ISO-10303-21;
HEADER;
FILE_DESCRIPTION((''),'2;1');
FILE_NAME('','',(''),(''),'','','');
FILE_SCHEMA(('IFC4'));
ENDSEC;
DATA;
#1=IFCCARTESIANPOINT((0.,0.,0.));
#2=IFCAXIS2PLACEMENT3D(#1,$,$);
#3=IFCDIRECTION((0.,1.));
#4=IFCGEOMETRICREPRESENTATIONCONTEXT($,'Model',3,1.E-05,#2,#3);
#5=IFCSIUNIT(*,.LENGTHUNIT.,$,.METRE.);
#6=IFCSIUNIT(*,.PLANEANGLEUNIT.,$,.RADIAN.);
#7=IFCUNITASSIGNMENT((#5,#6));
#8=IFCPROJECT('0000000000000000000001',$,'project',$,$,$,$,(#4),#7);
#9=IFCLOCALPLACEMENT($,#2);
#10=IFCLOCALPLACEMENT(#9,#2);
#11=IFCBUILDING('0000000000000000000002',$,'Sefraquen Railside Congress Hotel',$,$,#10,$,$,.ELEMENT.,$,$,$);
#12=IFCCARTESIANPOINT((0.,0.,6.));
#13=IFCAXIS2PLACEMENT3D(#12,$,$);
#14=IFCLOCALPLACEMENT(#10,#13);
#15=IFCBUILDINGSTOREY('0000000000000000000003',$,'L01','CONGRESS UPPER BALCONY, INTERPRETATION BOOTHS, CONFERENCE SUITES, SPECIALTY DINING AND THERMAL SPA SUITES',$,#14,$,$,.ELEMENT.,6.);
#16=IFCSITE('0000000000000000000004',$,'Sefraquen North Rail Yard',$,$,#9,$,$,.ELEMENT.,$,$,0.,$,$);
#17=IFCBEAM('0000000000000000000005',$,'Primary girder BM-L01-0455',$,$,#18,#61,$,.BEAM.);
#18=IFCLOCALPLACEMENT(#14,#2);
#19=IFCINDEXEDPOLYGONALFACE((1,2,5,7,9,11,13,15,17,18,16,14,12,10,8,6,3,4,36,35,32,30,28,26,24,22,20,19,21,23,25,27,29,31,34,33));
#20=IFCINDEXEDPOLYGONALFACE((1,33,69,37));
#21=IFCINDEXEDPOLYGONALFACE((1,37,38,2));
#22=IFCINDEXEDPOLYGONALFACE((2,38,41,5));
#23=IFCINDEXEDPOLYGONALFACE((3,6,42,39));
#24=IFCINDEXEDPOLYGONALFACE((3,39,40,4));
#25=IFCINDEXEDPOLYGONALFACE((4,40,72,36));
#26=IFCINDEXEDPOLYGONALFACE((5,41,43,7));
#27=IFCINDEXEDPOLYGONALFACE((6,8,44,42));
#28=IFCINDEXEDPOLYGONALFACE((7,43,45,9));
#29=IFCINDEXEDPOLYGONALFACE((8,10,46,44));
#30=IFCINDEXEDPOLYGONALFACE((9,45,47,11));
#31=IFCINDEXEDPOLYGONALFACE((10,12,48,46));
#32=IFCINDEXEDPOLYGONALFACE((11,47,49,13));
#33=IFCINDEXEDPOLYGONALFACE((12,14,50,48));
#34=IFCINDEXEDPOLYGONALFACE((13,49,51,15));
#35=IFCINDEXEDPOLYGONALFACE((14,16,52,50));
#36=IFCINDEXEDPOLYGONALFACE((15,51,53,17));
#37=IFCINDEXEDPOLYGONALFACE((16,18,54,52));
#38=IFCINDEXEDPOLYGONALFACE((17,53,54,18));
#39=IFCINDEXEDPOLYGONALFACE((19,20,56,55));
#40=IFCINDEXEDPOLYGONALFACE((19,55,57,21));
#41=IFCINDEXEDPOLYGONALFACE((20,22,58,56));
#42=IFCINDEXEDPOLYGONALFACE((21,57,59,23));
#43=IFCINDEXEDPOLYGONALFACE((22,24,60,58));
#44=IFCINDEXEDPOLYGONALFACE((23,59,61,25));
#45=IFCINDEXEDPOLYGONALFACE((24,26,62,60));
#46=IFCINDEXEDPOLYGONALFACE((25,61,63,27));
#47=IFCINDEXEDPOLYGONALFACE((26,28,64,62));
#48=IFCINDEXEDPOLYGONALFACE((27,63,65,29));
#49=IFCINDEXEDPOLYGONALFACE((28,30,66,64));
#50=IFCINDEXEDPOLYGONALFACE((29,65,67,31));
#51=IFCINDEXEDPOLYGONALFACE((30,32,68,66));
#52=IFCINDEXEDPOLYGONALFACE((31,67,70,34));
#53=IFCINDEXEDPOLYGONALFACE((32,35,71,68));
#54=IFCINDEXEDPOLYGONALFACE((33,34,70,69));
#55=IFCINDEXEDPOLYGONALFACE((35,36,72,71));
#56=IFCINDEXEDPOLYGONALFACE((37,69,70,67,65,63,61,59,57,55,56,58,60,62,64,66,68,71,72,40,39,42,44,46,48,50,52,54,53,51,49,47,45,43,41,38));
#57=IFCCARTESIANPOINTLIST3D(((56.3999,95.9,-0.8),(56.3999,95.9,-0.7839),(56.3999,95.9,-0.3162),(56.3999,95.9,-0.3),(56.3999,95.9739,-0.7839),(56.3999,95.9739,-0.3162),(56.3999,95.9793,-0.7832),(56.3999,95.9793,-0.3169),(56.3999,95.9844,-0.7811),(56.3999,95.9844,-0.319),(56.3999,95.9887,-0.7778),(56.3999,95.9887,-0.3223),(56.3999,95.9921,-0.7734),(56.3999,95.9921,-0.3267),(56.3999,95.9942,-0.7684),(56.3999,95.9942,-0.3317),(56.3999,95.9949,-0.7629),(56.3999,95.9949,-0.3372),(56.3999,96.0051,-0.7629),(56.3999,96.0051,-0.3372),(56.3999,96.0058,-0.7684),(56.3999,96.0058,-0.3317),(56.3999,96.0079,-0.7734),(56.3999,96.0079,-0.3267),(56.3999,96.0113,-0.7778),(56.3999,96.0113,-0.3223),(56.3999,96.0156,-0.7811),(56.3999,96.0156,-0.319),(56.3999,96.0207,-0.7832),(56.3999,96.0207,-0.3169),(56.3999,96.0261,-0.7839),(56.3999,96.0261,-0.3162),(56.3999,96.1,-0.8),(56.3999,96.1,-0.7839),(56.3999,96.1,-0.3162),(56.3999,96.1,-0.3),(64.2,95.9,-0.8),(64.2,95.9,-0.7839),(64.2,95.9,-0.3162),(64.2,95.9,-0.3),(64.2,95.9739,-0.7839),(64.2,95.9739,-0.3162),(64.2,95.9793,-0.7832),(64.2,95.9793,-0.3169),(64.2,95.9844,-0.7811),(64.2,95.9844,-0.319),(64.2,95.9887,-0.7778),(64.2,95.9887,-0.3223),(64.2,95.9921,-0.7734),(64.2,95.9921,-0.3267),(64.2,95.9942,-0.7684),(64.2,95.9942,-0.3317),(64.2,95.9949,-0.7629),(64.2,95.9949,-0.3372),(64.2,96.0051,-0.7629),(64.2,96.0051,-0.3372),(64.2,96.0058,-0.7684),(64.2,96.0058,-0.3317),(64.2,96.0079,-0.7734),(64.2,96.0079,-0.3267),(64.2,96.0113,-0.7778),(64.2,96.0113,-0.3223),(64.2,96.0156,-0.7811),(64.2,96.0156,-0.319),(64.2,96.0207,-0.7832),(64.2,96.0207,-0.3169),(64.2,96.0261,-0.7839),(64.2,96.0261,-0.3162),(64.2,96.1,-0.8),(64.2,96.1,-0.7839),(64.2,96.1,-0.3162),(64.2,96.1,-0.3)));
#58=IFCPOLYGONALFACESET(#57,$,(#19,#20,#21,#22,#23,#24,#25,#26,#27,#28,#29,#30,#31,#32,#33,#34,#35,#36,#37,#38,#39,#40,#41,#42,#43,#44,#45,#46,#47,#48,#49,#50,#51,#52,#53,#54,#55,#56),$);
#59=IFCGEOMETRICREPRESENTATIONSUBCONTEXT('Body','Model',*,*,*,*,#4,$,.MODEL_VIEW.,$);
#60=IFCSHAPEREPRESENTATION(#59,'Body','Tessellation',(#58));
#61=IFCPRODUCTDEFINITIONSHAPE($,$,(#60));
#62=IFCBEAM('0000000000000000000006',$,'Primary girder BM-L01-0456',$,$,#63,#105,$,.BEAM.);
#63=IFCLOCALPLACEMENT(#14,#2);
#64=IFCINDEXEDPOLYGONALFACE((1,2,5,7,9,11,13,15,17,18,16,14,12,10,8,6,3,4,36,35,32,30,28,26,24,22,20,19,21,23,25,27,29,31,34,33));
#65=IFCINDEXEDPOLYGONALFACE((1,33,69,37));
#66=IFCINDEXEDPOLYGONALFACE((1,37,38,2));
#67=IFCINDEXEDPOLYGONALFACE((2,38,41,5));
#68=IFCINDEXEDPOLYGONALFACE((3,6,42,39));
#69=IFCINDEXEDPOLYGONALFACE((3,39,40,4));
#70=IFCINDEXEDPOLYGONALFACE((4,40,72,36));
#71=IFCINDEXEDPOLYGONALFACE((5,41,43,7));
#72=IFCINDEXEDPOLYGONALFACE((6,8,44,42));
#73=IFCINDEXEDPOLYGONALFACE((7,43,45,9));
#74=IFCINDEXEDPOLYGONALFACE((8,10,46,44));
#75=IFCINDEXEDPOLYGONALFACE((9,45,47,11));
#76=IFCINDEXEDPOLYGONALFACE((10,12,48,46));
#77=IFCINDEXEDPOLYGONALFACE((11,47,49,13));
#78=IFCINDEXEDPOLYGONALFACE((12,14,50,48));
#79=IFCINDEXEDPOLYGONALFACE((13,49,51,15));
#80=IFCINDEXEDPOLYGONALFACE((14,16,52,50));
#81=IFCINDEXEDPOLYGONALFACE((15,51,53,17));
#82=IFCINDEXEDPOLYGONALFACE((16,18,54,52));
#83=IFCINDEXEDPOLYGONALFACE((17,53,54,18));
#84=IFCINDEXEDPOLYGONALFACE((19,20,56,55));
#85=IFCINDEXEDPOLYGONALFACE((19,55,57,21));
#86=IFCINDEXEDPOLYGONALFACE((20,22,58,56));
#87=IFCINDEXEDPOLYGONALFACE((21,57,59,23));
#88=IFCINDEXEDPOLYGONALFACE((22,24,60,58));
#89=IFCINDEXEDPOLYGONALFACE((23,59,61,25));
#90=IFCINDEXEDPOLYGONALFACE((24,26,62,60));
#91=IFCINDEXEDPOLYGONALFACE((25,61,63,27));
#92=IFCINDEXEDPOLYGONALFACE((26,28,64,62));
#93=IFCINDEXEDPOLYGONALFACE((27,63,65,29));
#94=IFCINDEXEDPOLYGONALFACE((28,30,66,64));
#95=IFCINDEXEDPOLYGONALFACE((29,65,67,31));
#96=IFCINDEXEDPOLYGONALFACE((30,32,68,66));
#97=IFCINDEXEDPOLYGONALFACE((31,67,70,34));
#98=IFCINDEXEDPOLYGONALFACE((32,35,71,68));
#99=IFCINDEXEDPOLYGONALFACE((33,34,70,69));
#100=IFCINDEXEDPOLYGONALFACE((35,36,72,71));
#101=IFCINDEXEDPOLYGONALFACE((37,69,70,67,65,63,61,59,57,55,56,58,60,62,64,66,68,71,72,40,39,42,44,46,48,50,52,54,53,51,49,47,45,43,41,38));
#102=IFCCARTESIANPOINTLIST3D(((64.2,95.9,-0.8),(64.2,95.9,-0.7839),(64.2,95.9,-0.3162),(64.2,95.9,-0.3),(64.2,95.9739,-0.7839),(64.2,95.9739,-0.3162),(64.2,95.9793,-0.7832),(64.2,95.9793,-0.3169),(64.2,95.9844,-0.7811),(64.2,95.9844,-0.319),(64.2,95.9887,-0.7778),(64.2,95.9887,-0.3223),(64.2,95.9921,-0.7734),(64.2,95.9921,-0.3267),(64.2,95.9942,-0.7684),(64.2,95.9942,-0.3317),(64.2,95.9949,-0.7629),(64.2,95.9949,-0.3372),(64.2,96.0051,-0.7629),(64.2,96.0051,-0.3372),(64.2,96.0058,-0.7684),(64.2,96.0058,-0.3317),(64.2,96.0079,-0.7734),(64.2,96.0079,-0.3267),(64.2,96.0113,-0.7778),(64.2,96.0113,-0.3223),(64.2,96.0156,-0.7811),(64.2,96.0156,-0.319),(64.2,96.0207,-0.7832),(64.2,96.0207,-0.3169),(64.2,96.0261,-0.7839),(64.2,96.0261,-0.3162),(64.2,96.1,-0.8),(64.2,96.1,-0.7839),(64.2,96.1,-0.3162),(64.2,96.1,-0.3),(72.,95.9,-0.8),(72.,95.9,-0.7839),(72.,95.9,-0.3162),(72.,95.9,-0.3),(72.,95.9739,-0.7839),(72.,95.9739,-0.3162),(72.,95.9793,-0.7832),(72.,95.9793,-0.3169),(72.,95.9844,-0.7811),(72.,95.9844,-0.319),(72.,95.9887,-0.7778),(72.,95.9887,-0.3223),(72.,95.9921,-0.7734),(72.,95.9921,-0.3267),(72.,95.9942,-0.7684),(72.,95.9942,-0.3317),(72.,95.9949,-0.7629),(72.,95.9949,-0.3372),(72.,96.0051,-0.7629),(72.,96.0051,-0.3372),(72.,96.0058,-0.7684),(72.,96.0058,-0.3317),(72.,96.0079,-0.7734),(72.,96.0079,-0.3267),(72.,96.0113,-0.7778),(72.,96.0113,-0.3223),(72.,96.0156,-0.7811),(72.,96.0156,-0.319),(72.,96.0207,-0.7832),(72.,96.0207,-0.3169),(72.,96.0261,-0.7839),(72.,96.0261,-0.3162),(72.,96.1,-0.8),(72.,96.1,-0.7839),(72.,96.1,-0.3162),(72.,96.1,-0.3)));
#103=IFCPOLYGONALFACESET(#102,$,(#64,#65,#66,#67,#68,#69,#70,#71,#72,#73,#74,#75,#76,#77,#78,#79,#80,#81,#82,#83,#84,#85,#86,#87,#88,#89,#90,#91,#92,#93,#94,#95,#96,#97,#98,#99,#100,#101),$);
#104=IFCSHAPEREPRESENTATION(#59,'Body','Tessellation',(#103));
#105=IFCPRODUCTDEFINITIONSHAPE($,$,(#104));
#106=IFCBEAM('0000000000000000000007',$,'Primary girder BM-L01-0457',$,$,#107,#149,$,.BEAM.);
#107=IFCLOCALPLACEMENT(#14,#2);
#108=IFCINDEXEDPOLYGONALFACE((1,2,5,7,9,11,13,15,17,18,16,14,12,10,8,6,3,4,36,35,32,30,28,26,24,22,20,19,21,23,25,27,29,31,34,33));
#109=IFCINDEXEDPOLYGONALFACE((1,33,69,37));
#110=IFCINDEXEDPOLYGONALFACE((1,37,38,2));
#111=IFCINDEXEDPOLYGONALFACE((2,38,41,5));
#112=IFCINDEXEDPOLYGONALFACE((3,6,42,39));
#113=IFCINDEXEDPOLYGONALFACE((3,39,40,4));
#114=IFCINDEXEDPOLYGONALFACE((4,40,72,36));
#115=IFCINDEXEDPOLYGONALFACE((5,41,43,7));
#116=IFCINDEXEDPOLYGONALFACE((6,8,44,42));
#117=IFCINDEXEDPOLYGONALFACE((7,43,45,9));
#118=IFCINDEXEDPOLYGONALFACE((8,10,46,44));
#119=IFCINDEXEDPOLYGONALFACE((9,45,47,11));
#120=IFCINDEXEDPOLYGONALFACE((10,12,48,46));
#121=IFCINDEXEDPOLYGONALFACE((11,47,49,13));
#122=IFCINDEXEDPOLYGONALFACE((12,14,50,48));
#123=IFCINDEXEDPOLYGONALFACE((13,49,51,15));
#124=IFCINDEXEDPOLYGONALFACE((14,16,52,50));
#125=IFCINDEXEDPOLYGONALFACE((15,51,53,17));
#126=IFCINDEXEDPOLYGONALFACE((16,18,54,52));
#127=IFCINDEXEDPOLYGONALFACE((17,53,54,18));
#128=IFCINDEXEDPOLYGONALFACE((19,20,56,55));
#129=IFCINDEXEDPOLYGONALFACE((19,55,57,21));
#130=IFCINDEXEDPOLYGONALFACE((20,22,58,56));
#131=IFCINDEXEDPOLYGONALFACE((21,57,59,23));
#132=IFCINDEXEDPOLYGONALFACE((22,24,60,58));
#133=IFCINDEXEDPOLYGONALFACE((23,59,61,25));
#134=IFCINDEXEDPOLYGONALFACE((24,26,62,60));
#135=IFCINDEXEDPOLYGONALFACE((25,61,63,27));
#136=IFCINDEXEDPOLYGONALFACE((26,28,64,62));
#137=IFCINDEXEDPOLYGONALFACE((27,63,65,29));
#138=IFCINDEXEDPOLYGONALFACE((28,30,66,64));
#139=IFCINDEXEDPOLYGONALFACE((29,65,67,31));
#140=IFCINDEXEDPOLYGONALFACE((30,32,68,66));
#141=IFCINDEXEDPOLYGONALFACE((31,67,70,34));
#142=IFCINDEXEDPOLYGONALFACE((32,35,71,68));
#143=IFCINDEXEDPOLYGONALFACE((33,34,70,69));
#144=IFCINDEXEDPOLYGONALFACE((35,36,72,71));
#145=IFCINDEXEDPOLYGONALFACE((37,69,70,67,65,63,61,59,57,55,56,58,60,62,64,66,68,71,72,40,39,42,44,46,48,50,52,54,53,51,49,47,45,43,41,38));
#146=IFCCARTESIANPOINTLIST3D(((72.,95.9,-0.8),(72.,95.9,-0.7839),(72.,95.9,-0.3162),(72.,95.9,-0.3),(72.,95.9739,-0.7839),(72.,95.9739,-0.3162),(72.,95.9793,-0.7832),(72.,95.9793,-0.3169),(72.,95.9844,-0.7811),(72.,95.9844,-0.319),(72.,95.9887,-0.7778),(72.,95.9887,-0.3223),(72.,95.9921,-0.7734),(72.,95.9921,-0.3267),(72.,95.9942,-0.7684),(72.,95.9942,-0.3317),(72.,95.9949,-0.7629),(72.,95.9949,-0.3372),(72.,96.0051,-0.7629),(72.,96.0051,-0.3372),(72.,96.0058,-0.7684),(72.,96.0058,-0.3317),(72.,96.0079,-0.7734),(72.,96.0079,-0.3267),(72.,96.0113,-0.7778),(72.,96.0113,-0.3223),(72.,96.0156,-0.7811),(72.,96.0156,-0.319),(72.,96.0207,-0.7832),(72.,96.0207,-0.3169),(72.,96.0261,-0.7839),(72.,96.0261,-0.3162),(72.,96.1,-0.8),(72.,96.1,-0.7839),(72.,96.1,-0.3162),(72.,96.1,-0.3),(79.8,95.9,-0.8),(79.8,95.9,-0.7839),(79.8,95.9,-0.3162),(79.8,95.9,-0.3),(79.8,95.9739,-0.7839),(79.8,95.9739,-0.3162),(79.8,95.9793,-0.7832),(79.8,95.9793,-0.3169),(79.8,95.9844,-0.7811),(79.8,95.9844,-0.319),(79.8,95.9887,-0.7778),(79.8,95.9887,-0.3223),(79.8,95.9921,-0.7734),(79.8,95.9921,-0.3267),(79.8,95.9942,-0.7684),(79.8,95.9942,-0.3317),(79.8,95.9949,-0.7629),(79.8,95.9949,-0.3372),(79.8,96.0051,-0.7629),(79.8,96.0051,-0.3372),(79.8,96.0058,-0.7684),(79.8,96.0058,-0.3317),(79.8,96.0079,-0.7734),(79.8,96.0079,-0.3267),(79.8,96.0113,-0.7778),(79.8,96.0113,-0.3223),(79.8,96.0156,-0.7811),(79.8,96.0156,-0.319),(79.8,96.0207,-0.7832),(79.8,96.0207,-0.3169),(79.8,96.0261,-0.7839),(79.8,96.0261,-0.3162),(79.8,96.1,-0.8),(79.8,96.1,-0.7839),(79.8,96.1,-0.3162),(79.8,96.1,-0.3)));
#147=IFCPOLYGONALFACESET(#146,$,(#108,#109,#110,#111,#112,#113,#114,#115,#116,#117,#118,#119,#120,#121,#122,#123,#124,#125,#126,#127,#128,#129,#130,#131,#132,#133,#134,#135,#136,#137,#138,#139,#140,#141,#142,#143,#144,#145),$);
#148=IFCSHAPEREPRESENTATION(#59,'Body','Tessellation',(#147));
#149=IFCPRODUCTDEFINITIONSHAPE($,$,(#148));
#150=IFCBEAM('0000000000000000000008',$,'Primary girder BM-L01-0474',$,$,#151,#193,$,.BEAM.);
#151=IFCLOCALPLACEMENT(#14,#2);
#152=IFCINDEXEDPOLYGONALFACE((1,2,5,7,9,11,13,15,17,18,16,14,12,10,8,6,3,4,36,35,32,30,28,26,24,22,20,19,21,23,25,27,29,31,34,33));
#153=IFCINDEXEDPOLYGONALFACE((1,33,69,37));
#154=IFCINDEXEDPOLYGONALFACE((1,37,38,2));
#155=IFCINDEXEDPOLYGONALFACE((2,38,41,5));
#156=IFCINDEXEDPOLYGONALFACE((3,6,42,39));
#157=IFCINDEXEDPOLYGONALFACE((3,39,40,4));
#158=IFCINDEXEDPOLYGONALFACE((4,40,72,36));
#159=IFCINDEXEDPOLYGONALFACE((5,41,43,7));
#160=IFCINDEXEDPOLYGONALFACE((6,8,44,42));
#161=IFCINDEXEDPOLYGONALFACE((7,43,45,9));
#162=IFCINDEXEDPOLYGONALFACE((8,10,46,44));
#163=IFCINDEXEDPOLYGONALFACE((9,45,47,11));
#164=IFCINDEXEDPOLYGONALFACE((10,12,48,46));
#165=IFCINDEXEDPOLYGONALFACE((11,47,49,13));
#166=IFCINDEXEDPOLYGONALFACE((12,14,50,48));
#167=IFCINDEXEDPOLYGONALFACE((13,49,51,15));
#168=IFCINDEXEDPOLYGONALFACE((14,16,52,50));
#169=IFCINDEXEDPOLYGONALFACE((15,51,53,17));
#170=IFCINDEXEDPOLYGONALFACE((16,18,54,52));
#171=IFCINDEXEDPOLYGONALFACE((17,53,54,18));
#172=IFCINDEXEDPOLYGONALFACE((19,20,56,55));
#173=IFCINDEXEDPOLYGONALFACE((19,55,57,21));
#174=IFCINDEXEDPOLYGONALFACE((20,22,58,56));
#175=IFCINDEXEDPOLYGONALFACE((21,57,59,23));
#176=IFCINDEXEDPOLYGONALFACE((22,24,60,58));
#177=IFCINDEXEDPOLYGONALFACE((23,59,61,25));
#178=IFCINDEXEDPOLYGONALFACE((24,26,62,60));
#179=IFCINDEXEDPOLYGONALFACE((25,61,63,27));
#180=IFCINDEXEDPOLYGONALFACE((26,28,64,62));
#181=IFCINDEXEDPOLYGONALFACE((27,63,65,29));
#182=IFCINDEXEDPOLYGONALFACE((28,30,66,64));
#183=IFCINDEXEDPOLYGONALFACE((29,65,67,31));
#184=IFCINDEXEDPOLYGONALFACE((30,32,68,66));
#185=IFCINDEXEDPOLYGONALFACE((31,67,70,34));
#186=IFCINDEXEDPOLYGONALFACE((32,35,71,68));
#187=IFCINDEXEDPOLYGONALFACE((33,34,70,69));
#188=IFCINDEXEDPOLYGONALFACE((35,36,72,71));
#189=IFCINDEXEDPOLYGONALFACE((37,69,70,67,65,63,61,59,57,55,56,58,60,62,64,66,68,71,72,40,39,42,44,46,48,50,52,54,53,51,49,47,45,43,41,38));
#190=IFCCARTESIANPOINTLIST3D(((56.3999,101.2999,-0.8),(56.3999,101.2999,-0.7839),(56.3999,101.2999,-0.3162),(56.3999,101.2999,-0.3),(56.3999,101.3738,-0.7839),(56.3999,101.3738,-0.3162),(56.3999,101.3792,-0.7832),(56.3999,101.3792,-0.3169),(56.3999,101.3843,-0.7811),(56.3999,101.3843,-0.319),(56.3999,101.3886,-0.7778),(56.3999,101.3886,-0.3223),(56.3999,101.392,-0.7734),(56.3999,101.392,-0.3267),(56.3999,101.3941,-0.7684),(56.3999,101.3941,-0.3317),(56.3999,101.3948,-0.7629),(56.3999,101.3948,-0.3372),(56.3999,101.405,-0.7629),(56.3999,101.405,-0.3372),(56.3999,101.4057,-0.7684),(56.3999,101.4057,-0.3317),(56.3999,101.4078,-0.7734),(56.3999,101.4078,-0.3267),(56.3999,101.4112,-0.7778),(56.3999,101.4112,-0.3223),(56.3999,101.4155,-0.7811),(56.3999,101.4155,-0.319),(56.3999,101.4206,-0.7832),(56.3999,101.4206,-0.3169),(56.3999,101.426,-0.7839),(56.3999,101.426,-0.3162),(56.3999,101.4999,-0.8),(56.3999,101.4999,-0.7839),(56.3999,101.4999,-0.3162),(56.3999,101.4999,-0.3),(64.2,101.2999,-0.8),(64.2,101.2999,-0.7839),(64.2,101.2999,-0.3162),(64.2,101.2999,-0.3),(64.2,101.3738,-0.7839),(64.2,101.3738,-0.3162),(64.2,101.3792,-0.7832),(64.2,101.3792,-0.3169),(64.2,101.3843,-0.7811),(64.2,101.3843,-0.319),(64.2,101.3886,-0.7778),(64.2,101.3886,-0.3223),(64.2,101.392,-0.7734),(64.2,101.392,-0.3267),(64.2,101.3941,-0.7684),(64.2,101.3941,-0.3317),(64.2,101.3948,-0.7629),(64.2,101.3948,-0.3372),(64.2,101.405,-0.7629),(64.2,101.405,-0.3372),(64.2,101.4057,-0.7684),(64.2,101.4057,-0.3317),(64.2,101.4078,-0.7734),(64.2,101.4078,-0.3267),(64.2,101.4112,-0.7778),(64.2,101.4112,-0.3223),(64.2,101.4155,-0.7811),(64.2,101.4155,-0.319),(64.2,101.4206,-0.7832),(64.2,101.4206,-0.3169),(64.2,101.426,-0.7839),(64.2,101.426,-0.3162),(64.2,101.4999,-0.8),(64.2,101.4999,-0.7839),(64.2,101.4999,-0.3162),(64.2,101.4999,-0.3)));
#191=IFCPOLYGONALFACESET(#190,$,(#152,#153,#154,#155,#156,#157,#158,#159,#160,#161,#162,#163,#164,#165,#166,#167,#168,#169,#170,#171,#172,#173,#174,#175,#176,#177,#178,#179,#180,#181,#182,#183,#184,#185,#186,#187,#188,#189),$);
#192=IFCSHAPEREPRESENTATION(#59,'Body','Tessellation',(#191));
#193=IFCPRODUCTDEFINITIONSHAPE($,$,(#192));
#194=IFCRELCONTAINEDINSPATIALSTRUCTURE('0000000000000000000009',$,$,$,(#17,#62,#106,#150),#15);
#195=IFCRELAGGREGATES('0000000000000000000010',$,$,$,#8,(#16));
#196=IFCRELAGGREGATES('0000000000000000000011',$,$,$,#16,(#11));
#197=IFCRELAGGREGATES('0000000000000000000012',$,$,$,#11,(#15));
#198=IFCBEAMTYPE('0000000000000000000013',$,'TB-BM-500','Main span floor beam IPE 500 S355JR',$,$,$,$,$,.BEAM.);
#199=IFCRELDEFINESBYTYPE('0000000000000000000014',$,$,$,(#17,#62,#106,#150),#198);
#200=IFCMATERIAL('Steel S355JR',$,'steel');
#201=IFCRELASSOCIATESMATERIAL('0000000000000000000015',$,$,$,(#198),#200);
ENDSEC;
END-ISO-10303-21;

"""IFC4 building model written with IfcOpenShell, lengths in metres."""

from ifc_helpers import new_model, si_unit, direction, frame, origin, origin_2d, place, context, subcontext, project, spatial, i_section, extrude, material, material_profile, profile_set, type_object, element, save


model = new_model("IFC4")

# Units and contexts
model_context = context("Model", 3, precision=1e-05, world=origin(), true_north=direction((0.0, 1.0)))
body_context = subcontext(model_context, "Body", "Model", "MODEL_VIEW")
ifc_project = project(units=[si_unit("LENGTHUNIT", "METRE"), si_unit("PLANEANGLEUNIT", "RADIAN")], contexts=[model_context])

# Site, building, storey
site_placement = place(None, origin())
site = spatial("IfcSite", under=ifc_project, at=site_placement, Name="Sefraquen North Rail Yard", CompositionType="ELEMENT", RefElevation=0.0)
building_placement = place(site_placement, origin())
building = spatial("IfcBuilding", under=site, at=building_placement, Name="Sefraquen Railside Congress Hotel", CompositionType="ELEMENT")
storey_placement = place(building_placement, frame((0.0, 0.0, 6.0)))
storey = spatial("IfcBuildingStorey", under=building, at=storey_placement, Name="L01", Description="CONGRESS UPPER BALCONY, INTERPRETATION BOOTHS, CONFERENCE SUITES, SPECIALTY DINING AND THERMAL SPA SUITES", CompositionType="ELEMENT", Elevation=6.0)

# Shared definitions
ifc_material_1 = material(Name="Steel S355JR", Category="steel")

# Beams
ifc_material_profile_1 = material_profile(ifc_material_1, i_section(OverallWidth=0.2, OverallDepth=0.5, WebThickness=0.0103, FlangeThickness=0.0161, FilletRadius=0.021, at=origin_2d()), Name="IPE 500")
ifc_profile_set_1 = profile_set([ifc_material_profile_1], Name="Steel S355JR")
beam_type_1 = type_object("IfcBeamType", Name="TB-BM-500", Description="Main span floor beam IPE 500 S355JR", PredefinedType="BEAM", material=ifc_profile_set_1)
for number, where, z_axis, x_axis, name in (
    (1, (56.3999, 96.0, -0.55), (1.0, 0.0, 0.0), (0.0, 1.0, 0.0), "Primary girder BM-L01-0455"),
    (2, (64.2, 96.0, -0.55), (1.0, 0.0, 0.0), (0.0, 1.0, 0.0), "Primary girder BM-L01-0456"),
    (3, (72.0, 96.0, -0.55), (1.0, 0.0, 0.0), (0.0, 1.0, 0.0), "Primary girder BM-L01-0457"),
    (4, (56.3999, 101.3999, -0.55), (1.0, 0.0, 0.0), (0.0, 1.0, 0.0), "Primary girder BM-L01-0474"),
):
    element("IfcBeam", number, at=place(storey_placement, frame(where, z_axis=z_axis, x_axis=x_axis)), inside=storey, type_object=beam_type_1, Name=name, PredefinedType="BEAM", context=body_context, shape_type="SweptSolid", body=[
        extrude(i_section(OverallWidth=0.2, OverallDepth=0.5, WebThickness=0.0103, FlangeThickness=0.0161, FilletRadius=0.021, at=origin_2d()), origin(), (0.0, 0.0, 1.0), 7.8),
    ])

save(model, "model.ifc")
